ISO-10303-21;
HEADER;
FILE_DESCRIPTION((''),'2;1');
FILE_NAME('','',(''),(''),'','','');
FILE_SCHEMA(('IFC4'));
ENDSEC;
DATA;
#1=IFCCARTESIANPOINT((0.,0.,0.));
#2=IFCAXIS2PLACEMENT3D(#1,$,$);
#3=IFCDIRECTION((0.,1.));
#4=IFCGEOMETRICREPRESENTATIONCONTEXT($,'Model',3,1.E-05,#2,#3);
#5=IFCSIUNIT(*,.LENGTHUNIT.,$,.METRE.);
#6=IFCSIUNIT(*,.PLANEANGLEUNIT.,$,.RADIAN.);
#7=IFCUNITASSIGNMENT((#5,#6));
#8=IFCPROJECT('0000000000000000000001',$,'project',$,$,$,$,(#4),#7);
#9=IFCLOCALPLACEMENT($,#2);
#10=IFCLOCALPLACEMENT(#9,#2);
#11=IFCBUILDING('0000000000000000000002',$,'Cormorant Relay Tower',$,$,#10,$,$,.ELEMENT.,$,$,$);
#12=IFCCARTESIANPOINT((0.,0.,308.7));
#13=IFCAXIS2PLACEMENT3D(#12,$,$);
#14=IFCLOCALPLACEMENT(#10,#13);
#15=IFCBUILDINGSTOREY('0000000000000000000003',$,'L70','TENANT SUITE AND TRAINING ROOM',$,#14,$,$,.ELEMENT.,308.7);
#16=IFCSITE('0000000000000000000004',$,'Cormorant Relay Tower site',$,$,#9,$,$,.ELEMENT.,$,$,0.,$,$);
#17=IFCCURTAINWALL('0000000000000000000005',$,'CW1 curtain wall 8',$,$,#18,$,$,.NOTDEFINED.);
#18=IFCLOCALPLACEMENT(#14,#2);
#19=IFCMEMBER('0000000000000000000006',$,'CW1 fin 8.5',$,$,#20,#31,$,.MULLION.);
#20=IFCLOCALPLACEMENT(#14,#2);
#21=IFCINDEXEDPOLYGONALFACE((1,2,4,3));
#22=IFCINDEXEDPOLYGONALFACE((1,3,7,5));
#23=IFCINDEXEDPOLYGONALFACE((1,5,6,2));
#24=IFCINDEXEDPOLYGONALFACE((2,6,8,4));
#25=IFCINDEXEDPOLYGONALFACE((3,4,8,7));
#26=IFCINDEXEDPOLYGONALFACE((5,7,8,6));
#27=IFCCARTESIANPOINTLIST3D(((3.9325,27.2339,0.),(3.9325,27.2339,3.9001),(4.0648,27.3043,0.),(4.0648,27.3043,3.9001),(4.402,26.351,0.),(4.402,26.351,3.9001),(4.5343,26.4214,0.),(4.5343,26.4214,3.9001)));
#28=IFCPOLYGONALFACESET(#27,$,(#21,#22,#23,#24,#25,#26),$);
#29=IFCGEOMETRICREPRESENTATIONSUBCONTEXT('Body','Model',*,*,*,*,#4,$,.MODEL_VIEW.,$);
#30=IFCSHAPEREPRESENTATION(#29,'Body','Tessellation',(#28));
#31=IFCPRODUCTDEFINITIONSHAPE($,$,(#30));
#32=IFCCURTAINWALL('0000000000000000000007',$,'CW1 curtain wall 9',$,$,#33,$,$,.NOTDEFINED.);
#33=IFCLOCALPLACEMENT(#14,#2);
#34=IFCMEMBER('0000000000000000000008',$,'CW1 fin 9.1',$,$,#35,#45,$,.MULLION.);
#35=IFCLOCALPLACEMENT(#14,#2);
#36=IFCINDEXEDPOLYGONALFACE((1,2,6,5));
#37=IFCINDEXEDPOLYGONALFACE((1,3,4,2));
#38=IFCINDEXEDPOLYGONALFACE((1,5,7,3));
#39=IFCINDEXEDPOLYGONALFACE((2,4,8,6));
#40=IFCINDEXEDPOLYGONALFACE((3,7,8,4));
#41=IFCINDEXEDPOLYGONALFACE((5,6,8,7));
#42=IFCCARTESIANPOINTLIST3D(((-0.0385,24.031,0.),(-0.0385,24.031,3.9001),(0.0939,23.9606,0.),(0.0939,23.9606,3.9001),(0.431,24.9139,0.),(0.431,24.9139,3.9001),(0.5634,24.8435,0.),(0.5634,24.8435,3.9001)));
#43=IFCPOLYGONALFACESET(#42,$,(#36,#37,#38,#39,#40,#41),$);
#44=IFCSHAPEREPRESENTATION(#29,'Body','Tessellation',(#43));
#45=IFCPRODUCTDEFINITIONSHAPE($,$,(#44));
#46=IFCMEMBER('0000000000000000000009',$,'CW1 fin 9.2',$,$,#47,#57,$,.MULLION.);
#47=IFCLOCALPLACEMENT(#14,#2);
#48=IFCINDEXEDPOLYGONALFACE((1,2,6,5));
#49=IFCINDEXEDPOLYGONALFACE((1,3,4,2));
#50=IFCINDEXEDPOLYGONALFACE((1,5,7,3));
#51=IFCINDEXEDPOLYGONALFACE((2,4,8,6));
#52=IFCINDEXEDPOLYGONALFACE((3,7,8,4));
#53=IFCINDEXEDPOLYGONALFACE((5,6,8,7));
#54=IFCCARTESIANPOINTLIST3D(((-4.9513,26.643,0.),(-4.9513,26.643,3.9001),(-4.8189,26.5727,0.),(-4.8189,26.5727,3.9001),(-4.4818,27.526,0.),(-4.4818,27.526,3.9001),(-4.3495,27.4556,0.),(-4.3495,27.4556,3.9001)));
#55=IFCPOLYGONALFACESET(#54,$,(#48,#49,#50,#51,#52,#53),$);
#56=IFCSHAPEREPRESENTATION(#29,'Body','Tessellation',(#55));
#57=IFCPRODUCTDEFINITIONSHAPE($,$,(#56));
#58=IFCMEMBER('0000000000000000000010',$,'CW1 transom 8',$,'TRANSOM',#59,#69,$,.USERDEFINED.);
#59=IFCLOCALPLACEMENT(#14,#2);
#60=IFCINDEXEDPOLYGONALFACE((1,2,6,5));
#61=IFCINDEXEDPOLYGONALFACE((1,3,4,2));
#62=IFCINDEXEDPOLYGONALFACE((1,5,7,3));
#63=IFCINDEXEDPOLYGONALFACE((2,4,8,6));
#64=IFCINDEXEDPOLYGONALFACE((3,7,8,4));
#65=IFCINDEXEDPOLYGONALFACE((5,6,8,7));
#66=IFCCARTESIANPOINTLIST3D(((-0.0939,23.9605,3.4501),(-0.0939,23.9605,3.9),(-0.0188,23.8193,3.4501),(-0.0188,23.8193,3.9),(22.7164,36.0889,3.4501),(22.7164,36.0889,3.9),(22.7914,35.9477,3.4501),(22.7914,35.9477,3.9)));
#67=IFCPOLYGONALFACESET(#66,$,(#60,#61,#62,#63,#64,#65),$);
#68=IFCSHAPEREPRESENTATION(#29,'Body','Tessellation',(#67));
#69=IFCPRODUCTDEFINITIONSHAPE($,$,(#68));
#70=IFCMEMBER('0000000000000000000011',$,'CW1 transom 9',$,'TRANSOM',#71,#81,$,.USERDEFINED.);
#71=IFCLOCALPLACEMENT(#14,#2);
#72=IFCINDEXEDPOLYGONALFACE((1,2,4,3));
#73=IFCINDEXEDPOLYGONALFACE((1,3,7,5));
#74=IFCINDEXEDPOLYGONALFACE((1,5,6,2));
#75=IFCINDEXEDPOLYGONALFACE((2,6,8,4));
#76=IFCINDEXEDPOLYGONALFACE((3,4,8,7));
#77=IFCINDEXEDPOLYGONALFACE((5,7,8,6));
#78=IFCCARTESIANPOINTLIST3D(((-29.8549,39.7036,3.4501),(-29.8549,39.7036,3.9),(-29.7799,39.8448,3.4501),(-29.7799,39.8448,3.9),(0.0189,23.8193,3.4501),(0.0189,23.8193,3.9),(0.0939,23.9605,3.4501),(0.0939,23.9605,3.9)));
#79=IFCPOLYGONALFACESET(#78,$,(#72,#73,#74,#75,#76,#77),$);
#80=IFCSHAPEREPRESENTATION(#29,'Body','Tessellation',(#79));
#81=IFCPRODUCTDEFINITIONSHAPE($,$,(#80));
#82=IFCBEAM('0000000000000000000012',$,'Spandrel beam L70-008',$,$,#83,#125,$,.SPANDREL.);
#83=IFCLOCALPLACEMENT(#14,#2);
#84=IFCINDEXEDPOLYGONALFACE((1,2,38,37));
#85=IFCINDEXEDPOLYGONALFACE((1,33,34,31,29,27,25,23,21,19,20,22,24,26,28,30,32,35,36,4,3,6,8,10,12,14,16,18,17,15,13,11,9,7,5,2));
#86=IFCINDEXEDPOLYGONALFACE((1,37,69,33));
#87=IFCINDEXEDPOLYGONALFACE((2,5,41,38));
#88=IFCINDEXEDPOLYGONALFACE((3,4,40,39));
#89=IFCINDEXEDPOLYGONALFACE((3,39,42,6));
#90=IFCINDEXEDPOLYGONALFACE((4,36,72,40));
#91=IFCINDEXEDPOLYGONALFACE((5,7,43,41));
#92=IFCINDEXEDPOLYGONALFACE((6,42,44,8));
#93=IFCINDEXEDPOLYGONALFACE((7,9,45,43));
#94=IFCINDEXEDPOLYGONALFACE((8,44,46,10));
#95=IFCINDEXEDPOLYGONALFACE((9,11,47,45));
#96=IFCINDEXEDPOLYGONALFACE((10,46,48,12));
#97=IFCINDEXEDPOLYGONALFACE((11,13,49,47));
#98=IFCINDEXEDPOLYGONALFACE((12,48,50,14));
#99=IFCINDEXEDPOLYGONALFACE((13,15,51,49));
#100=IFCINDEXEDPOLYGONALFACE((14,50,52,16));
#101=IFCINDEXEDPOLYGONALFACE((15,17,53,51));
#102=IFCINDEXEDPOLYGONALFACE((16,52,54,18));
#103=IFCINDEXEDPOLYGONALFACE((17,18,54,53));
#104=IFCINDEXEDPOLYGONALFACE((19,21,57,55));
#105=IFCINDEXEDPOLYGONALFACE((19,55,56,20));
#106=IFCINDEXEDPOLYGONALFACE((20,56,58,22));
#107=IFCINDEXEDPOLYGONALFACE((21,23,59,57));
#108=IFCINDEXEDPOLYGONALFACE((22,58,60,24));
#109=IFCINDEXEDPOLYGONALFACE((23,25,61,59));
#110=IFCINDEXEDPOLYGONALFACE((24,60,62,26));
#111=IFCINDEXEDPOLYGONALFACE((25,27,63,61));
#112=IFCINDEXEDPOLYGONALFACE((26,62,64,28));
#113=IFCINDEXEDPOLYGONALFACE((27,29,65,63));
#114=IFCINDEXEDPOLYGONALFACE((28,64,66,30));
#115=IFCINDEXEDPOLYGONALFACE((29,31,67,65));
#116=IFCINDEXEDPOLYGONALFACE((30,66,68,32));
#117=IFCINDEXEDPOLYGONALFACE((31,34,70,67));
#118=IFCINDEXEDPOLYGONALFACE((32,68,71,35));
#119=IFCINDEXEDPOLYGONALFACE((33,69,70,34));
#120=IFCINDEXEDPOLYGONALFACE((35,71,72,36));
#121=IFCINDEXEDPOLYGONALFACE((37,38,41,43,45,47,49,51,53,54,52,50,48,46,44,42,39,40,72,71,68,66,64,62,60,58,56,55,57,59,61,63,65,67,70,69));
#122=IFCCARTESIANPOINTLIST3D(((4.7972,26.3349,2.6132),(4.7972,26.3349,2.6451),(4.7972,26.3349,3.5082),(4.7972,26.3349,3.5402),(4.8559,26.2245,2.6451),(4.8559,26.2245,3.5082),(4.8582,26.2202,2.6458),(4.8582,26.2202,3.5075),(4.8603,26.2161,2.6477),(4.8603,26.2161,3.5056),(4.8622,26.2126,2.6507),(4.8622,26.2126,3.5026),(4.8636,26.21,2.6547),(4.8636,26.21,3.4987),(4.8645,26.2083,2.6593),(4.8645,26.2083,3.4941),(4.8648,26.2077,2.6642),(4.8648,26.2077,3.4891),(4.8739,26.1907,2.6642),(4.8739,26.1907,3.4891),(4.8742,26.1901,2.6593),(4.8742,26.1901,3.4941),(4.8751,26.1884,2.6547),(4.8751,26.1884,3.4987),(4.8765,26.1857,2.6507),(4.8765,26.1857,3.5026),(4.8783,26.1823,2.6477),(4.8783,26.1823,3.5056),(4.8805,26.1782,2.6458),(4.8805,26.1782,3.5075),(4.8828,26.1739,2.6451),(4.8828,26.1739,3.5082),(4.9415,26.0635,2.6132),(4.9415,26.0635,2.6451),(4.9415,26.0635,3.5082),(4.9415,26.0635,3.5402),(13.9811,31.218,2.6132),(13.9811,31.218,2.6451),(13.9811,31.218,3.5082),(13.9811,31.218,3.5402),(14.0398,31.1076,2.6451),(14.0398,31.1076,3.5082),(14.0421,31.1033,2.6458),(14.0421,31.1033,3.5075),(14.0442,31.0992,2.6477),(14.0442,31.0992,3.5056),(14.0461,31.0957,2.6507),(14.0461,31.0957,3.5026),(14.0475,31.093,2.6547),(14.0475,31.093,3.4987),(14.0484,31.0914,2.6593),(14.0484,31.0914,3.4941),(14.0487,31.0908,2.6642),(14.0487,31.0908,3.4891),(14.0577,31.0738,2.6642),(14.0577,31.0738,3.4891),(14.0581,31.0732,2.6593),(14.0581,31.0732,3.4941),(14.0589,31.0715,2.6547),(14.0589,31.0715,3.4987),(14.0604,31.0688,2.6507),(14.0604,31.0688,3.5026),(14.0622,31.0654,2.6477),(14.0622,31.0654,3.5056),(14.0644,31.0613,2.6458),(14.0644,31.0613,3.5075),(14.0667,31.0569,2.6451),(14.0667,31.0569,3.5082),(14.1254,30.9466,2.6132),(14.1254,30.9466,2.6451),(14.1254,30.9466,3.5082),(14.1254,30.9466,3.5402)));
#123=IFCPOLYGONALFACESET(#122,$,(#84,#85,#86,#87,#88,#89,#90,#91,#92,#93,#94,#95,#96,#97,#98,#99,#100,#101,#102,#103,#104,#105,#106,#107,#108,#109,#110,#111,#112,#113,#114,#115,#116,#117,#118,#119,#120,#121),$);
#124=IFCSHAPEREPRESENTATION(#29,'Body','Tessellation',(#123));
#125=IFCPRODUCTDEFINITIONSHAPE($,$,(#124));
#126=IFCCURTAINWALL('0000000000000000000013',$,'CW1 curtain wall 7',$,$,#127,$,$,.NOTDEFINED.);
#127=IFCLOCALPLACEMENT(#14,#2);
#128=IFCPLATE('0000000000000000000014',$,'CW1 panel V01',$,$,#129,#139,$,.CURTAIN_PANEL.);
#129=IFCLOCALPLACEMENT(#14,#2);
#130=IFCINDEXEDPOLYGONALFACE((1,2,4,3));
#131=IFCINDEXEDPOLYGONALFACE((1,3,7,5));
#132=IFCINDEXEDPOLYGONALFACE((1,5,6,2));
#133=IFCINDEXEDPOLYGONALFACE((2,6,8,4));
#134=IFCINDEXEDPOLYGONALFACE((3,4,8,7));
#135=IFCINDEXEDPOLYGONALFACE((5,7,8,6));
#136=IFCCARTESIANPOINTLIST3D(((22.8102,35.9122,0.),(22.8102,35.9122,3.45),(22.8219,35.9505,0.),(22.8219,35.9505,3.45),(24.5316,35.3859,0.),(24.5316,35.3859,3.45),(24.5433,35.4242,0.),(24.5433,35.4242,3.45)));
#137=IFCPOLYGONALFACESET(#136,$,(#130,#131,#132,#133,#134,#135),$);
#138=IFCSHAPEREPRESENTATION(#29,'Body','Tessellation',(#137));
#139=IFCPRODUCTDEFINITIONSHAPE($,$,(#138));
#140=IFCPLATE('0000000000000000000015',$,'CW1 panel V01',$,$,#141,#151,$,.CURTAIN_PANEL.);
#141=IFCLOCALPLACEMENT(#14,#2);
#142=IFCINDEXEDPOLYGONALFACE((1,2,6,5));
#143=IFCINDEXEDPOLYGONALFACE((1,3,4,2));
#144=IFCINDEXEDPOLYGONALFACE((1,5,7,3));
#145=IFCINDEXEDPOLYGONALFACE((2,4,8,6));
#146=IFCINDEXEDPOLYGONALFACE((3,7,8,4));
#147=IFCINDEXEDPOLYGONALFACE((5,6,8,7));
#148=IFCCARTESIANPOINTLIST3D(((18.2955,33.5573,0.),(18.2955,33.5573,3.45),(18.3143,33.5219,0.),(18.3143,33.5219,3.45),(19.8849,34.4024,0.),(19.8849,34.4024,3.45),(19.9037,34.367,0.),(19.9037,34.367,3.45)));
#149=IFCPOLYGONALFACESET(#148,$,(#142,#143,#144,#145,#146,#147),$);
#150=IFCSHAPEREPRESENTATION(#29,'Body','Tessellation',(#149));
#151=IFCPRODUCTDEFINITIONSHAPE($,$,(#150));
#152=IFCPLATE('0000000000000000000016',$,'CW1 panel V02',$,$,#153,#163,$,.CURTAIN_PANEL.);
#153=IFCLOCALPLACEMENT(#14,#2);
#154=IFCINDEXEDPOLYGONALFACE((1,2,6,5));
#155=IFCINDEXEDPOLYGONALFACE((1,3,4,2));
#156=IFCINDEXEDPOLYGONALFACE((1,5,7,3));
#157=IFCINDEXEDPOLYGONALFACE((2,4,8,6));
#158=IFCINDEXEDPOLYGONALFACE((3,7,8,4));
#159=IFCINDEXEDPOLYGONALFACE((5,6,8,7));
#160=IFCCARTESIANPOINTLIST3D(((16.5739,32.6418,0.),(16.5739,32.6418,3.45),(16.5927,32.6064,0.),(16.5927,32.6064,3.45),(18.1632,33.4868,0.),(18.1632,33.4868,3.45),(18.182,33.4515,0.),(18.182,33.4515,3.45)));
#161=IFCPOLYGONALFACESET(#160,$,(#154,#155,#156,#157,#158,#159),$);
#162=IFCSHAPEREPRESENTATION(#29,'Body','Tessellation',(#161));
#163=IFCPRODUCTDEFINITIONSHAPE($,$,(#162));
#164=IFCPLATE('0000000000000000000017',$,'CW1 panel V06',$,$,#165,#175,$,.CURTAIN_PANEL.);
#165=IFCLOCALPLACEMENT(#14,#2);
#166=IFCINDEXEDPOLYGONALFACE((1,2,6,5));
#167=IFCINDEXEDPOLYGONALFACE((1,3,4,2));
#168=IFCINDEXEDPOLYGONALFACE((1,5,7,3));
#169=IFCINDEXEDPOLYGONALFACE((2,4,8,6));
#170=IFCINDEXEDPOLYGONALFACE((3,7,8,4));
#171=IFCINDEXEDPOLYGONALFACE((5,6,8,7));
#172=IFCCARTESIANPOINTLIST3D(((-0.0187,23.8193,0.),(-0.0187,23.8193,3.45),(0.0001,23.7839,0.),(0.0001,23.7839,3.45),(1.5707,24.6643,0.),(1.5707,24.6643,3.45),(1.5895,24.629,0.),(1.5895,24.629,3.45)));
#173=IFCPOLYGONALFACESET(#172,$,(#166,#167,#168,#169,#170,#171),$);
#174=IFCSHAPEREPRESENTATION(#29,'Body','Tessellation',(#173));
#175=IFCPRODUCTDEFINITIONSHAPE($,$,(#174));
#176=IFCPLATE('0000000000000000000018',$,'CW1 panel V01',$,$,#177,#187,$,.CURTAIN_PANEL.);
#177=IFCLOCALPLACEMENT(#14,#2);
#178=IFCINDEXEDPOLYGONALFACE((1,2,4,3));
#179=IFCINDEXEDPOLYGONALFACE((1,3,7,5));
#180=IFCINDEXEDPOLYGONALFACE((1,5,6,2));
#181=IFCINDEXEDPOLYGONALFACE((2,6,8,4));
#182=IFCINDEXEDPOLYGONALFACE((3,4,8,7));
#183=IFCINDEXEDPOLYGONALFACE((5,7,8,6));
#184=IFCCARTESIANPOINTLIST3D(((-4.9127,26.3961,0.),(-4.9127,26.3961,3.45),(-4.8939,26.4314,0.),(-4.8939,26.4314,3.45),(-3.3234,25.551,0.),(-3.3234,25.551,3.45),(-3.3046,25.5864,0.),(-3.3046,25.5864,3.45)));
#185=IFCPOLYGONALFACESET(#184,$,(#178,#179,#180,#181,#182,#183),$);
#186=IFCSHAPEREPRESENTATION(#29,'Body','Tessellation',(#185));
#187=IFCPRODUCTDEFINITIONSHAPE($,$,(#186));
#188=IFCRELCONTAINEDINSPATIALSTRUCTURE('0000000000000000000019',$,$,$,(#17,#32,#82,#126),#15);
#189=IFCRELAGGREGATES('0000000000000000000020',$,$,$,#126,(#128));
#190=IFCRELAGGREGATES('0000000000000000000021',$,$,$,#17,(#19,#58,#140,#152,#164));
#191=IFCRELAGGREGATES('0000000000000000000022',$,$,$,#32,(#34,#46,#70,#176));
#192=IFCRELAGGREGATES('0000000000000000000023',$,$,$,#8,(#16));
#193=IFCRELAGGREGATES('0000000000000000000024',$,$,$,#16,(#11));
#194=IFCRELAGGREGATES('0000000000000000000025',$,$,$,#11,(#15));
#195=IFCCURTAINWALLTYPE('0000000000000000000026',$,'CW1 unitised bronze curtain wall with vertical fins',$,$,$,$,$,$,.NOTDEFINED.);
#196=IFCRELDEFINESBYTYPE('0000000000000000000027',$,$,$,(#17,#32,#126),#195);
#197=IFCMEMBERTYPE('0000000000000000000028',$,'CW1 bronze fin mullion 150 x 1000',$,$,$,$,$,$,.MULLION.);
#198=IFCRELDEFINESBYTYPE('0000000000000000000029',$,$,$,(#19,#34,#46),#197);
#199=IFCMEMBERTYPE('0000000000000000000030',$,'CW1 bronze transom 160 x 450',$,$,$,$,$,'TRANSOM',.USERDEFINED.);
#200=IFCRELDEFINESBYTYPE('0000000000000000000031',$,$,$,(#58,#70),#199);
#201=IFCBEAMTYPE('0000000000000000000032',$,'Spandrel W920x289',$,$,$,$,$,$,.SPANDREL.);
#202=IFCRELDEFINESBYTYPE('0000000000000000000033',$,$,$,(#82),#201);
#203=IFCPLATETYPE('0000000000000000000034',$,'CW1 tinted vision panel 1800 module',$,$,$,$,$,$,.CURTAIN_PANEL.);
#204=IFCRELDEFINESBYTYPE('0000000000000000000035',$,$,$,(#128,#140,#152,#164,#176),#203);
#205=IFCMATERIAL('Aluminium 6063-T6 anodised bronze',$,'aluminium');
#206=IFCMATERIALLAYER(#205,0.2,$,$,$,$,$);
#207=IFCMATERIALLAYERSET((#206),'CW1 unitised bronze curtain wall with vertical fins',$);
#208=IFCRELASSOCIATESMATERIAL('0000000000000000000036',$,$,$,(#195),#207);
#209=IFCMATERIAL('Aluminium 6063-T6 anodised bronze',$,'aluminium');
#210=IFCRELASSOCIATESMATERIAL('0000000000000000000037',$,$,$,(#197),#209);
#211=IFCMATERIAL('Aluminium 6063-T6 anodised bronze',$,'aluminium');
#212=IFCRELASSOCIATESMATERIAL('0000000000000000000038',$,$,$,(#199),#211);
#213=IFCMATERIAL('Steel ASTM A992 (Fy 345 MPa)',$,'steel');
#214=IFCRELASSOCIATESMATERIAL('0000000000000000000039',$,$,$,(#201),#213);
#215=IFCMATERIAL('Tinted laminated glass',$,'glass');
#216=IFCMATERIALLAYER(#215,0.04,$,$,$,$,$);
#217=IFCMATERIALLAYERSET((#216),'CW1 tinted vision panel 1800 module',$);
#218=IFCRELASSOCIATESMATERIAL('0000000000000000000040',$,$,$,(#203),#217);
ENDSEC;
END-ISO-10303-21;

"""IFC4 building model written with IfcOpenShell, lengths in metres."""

from ifc_helpers import new_model, si_unit, direction, frame, origin, origin_2d, place, context, subcontext, project, spatial, rectangle, i_section, extrude, material, layer, layer_set, material_profile, profile_set, type_object, element, aggregate, save


model = new_model("IFC4")

# Units and contexts
model_context = context("Model", 3, precision=1e-05, world=origin(), true_north=direction((0.0, 1.0)))
body_context = subcontext(model_context, "Body", "Model", "MODEL_VIEW")
ifc_project = project(units=[si_unit("LENGTHUNIT", "METRE"), si_unit("PLANEANGLEUNIT", "RADIAN")], contexts=[model_context])

# Site, building, storey
site_placement = place(None, origin())
site = spatial("IfcSite", under=ifc_project, at=site_placement, Name="Cormorant Relay Tower site", CompositionType="ELEMENT", RefElevation=0.0)
building_placement = place(site_placement, origin())
building = spatial("IfcBuilding", under=site, at=building_placement, Name="Cormorant Relay Tower", CompositionType="ELEMENT")
storey_placement = place(building_placement, frame((0.0, 0.0, 308.7)))
storey = spatial("IfcBuildingStorey", under=building, at=storey_placement, Name="L70", Description="TENANT SUITE AND TRAINING ROOM", CompositionType="ELEMENT", Elevation=308.7)

# Curtain walls, members
ifc_material_1 = material(Name="Aluminium 6063-T6 anodised bronze", Category="aluminium")
ifc_layer_1 = layer(ifc_material_1, 0.2)
ifc_layer_set_1 = layer_set([ifc_layer_1], Name="CW1 unitised bronze curtain wall with vertical fins")
curtain_wall_type = type_object("IfcCurtainWallType", Name="CW1 unitised bronze curtain wall with vertical fins", PredefinedType="NOTDEFINED", material=ifc_layer_set_1)
curtain_wall_1_placement = place(storey_placement, origin())
curtain_wall_1 = element("IfcCurtainWall", 1, at=curtain_wall_1_placement, inside=storey, type_object=curtain_wall_type, Name="CW1 curtain wall 8", PredefinedType="NOTDEFINED")
ifc_material_2 = material(Name="Aluminium 6063-T6 anodised bronze", Category="aluminium")
ifc_material_profile_1 = material_profile(ifc_material_2, rectangle(XDim=0.1499, YDim=1.0, at=origin_2d()), Name="AL 150x1000")
ifc_profile_set_1 = profile_set([ifc_material_profile_1], Name="Aluminium 6063-T6 anodised bronze")
member_type_1 = type_object("IfcMemberType", Name="CW1 bronze fin mullion 150 x 1000", PredefinedType="MULLION", material=ifc_profile_set_1)
member_1_placement = place(storey_placement, frame((4.2334, 26.8276, 0.0), z_axis=(0.0, 0.0, 1.0), x_axis=(-0.882948, -0.469472, 0.0)))
member_1 = element("IfcMember", 2, at=member_1_placement, type_object=member_type_1, Name="CW1 fin 8.5", PredefinedType="MULLION", context=body_context, shape_type="SweptSolid", body=[
    extrude(rectangle(XDim=0.1499, YDim=1.0, at=origin_2d()), origin(), (0.0, 0.0, 1.0), 3.9001),
])
curtain_wall_2_placement = place(storey_placement, origin())
curtain_wall_2 = element("IfcCurtainWall", 3, at=curtain_wall_2_placement, inside=storey, type_object=curtain_wall_type, Name="CW1 curtain wall 9", PredefinedType="NOTDEFINED")
member_2_placement = place(storey_placement, frame((0.2625, 24.4373, 0.0), z_axis=(0.0, 0.0, 1.0), x_axis=(-0.882948, 0.469472, 0.0)))
member_2 = element("IfcMember", 4, at=member_2_placement, type_object=member_type_1, Name="CW1 fin 9.1", PredefinedType="MULLION", context=body_context, shape_type="SweptSolid", body=[
    extrude(rectangle(XDim=0.1499, YDim=1.0, at=origin_2d()), origin(), (0.0, 0.0, 1.0), 3.9001),
])
member_3_placement = place(storey_placement, frame((-4.6504, 27.0493, 0.0), z_axis=(0.0, 0.0, 1.0), x_axis=(-0.882948, 0.469472, 0.0)))
member_3 = element("IfcMember", 5, at=member_3_placement, type_object=member_type_1, Name="CW1 fin 9.2", PredefinedType="MULLION", context=body_context, shape_type="SweptSolid", body=[
    extrude(rectangle(XDim=0.1499, YDim=1.0, at=origin_2d()), origin(), (0.0, 0.0, 1.0), 3.9001),
])

# Members
ifc_material_3 = material(Name="Aluminium 6063-T6 anodised bronze", Category="aluminium")
ifc_material_profile_2 = material_profile(ifc_material_3, rectangle(XDim=0.1599, YDim=0.45, at=origin_2d()), Name="AL 160x450")
ifc_profile_set_2 = profile_set([ifc_material_profile_2], Name="Aluminium 6063-T6 anodised bronze")
member_type_2 = type_object("IfcMemberType", Name="CW1 bronze transom 160 x 450", ElementType="TRANSOM", PredefinedType="USERDEFINED", material=ifc_profile_set_2)
member_4_placement = place(storey_placement, frame((22.7539, 36.0183, 3.675), z_axis=(-0.882948, -0.469471, 0.0), x_axis=(0.469471, -0.882948, 0.0)))
member_4 = element("IfcMember", 6, at=member_4_placement, type_object=member_type_2, Name="CW1 transom 8", ObjectType="TRANSOM", PredefinedType="USERDEFINED", context=body_context, shape_type="SweptSolid", body=[
    extrude(rectangle(XDim=0.1599, YDim=0.45, at=origin_2d()), origin(), (0.0, 0.0, 1.0), 25.8342),
])
member_5_placement = place(storey_placement, frame((0.0564, 23.8899, 3.675), z_axis=(-0.882946, 0.469474, 0.0), x_axis=(-0.469474, -0.882946, 0.0)))
member_5 = element("IfcMember", 7, at=member_5_placement, type_object=member_type_2, Name="CW1 transom 9", ObjectType="TRANSOM", PredefinedType="USERDEFINED", context=body_context, shape_type="SweptSolid", body=[
    extrude(rectangle(XDim=0.1599, YDim=0.45, at=origin_2d()), origin(), (0.0, 0.0, 1.0), 33.8342),
])

# Beam
ifc_material_4 = material(Name="Steel ASTM A992 (Fy 345 MPa)", Category="steel")
ifc_material_profile_3 = material_profile(ifc_material_4, i_section(OverallWidth=0.3074, OverallDepth=0.927, WebThickness=0.0193, FlangeThickness=0.032, FilletRadius=0.019, at=origin_2d()), Name="W920x289")
ifc_profile_set_3 = profile_set([ifc_material_profile_3], Name="Steel ASTM A992 (Fy 345 MPa)")
beam_type = type_object("IfcBeamType", Name="Spandrel W920x289", PredefinedType="SPANDREL", material=ifc_profile_set_3)
beam_placement = place(storey_placement, frame((14.0532, 31.0823, 3.0767), z_axis=(-0.882951, -0.469466, 0.0), x_axis=(0.469466, -0.882951, 0.0)))
element("IfcBeam", 8, at=beam_placement, inside=storey, type_object=beam_type, Name="Spandrel beam L70-008", PredefinedType="SPANDREL", context=body_context, shape_type="SweptSolid", body=[
    extrude(i_section(OverallWidth=0.3074, OverallDepth=0.927, WebThickness=0.0193, FlangeThickness=0.032, FilletRadius=0.019, at=origin_2d()), origin(), (0.0, 0.0, 1.0), 10.4014),
])

# Curtain wall, plate
curtain_wall_3_placement = place(storey_placement, origin())
curtain_wall_3 = element("IfcCurtainWall", 9, at=curtain_wall_3_placement, inside=storey, type_object=curtain_wall_type, Name="CW1 curtain wall 7", PredefinedType="NOTDEFINED")
ifc_material_5 = material(Name="Tinted laminated glass", Category="glass")
ifc_layer_2 = layer(ifc_material_5, 0.04)
ifc_layer_set_2 = layer_set([ifc_layer_2], Name="CW1 tinted vision panel 1800 module")
plate_type_1 = type_object("IfcPlateType", Name="CW1 tinted vision panel 1800 module", PredefinedType="CURTAIN_PANEL", material=ifc_layer_set_2)
plate_1_placement = place(storey_placement, frame((23.6768, 35.6682, 0.0), z_axis=(0.0, 0.0, 1.0), x_axis=(-0.956305, 0.292372, 0.0)))
plate_1 = element("IfcPlate", 10, at=plate_1_placement, type_object=plate_type_1, Name="CW1 panel V01", PredefinedType="CURTAIN_PANEL", context=body_context, shape_type="SweptSolid", body=[
    extrude(rectangle(XDim=1.8, YDim=0.04, at=origin_2d()), origin(), (0.0, 0.0, 1.0), 3.45),
])
aggregate(curtain_wall_3, [plate_1])

# Plates
plate_2_placement = place(storey_placement, frame((19.0996, 33.9622, 0.0), z_axis=(0.0, 0.0, 1.0), x_axis=(-0.882948, -0.469472, 0.0)))
plate_2 = element("IfcPlate", 11, at=plate_2_placement, type_object=plate_type_1, Name="CW1 panel V01", PredefinedType="CURTAIN_PANEL", context=body_context, shape_type="SweptSolid", body=[
    extrude(rectangle(XDim=1.8, YDim=0.04, at=origin_2d()), origin(), (0.0, 0.0, 1.0), 3.45),
])
plate_3_placement = place(storey_placement, frame((17.3779, 33.0466, 0.0), z_axis=(0.0, 0.0, 1.0), x_axis=(-0.882948, -0.469472, 0.0)))
plate_3 = element("IfcPlate", 12, at=plate_3_placement, type_object=plate_type_1, Name="CW1 panel V02", PredefinedType="CURTAIN_PANEL", context=body_context, shape_type="SweptSolid", body=[
    extrude(rectangle(XDim=1.8, YDim=0.04, at=origin_2d()), origin(), (0.0, 0.0, 1.0), 3.45),
])
plate_4_placement = place(storey_placement, frame((0.7854, 24.2241, 0.0), z_axis=(0.0, 0.0, 1.0), x_axis=(-0.882948, -0.469472, 0.0)))
plate_4 = element("IfcPlate", 13, at=plate_4_placement, type_object=plate_type_1, Name="CW1 panel V06", PredefinedType="CURTAIN_PANEL", context=body_context, shape_type="SweptSolid", body=[
    extrude(rectangle(XDim=1.8, YDim=0.04, at=origin_2d()), origin(), (0.0, 0.0, 1.0), 3.45),
])
plate_5_placement = place(storey_placement, frame((-4.1086, 25.9912, 0.0), z_axis=(0.0, 0.0, 1.0), x_axis=(-0.882948, 0.469472, 0.0)))
plate_5 = element("IfcPlate", 14, at=plate_5_placement, type_object=plate_type_1, Name="CW1 panel V01", PredefinedType="CURTAIN_PANEL", context=body_context, shape_type="SweptSolid", body=[
    extrude(rectangle(XDim=1.8, YDim=0.04, at=origin_2d()), origin(), (0.0, 0.0, 1.0), 3.45),
])

aggregate(curtain_wall_1, [member_1, member_4, plate_2, plate_3, plate_4])
aggregate(curtain_wall_2, [member_2, member_3, member_5, plate_5])

save(model, "model.ifc")
